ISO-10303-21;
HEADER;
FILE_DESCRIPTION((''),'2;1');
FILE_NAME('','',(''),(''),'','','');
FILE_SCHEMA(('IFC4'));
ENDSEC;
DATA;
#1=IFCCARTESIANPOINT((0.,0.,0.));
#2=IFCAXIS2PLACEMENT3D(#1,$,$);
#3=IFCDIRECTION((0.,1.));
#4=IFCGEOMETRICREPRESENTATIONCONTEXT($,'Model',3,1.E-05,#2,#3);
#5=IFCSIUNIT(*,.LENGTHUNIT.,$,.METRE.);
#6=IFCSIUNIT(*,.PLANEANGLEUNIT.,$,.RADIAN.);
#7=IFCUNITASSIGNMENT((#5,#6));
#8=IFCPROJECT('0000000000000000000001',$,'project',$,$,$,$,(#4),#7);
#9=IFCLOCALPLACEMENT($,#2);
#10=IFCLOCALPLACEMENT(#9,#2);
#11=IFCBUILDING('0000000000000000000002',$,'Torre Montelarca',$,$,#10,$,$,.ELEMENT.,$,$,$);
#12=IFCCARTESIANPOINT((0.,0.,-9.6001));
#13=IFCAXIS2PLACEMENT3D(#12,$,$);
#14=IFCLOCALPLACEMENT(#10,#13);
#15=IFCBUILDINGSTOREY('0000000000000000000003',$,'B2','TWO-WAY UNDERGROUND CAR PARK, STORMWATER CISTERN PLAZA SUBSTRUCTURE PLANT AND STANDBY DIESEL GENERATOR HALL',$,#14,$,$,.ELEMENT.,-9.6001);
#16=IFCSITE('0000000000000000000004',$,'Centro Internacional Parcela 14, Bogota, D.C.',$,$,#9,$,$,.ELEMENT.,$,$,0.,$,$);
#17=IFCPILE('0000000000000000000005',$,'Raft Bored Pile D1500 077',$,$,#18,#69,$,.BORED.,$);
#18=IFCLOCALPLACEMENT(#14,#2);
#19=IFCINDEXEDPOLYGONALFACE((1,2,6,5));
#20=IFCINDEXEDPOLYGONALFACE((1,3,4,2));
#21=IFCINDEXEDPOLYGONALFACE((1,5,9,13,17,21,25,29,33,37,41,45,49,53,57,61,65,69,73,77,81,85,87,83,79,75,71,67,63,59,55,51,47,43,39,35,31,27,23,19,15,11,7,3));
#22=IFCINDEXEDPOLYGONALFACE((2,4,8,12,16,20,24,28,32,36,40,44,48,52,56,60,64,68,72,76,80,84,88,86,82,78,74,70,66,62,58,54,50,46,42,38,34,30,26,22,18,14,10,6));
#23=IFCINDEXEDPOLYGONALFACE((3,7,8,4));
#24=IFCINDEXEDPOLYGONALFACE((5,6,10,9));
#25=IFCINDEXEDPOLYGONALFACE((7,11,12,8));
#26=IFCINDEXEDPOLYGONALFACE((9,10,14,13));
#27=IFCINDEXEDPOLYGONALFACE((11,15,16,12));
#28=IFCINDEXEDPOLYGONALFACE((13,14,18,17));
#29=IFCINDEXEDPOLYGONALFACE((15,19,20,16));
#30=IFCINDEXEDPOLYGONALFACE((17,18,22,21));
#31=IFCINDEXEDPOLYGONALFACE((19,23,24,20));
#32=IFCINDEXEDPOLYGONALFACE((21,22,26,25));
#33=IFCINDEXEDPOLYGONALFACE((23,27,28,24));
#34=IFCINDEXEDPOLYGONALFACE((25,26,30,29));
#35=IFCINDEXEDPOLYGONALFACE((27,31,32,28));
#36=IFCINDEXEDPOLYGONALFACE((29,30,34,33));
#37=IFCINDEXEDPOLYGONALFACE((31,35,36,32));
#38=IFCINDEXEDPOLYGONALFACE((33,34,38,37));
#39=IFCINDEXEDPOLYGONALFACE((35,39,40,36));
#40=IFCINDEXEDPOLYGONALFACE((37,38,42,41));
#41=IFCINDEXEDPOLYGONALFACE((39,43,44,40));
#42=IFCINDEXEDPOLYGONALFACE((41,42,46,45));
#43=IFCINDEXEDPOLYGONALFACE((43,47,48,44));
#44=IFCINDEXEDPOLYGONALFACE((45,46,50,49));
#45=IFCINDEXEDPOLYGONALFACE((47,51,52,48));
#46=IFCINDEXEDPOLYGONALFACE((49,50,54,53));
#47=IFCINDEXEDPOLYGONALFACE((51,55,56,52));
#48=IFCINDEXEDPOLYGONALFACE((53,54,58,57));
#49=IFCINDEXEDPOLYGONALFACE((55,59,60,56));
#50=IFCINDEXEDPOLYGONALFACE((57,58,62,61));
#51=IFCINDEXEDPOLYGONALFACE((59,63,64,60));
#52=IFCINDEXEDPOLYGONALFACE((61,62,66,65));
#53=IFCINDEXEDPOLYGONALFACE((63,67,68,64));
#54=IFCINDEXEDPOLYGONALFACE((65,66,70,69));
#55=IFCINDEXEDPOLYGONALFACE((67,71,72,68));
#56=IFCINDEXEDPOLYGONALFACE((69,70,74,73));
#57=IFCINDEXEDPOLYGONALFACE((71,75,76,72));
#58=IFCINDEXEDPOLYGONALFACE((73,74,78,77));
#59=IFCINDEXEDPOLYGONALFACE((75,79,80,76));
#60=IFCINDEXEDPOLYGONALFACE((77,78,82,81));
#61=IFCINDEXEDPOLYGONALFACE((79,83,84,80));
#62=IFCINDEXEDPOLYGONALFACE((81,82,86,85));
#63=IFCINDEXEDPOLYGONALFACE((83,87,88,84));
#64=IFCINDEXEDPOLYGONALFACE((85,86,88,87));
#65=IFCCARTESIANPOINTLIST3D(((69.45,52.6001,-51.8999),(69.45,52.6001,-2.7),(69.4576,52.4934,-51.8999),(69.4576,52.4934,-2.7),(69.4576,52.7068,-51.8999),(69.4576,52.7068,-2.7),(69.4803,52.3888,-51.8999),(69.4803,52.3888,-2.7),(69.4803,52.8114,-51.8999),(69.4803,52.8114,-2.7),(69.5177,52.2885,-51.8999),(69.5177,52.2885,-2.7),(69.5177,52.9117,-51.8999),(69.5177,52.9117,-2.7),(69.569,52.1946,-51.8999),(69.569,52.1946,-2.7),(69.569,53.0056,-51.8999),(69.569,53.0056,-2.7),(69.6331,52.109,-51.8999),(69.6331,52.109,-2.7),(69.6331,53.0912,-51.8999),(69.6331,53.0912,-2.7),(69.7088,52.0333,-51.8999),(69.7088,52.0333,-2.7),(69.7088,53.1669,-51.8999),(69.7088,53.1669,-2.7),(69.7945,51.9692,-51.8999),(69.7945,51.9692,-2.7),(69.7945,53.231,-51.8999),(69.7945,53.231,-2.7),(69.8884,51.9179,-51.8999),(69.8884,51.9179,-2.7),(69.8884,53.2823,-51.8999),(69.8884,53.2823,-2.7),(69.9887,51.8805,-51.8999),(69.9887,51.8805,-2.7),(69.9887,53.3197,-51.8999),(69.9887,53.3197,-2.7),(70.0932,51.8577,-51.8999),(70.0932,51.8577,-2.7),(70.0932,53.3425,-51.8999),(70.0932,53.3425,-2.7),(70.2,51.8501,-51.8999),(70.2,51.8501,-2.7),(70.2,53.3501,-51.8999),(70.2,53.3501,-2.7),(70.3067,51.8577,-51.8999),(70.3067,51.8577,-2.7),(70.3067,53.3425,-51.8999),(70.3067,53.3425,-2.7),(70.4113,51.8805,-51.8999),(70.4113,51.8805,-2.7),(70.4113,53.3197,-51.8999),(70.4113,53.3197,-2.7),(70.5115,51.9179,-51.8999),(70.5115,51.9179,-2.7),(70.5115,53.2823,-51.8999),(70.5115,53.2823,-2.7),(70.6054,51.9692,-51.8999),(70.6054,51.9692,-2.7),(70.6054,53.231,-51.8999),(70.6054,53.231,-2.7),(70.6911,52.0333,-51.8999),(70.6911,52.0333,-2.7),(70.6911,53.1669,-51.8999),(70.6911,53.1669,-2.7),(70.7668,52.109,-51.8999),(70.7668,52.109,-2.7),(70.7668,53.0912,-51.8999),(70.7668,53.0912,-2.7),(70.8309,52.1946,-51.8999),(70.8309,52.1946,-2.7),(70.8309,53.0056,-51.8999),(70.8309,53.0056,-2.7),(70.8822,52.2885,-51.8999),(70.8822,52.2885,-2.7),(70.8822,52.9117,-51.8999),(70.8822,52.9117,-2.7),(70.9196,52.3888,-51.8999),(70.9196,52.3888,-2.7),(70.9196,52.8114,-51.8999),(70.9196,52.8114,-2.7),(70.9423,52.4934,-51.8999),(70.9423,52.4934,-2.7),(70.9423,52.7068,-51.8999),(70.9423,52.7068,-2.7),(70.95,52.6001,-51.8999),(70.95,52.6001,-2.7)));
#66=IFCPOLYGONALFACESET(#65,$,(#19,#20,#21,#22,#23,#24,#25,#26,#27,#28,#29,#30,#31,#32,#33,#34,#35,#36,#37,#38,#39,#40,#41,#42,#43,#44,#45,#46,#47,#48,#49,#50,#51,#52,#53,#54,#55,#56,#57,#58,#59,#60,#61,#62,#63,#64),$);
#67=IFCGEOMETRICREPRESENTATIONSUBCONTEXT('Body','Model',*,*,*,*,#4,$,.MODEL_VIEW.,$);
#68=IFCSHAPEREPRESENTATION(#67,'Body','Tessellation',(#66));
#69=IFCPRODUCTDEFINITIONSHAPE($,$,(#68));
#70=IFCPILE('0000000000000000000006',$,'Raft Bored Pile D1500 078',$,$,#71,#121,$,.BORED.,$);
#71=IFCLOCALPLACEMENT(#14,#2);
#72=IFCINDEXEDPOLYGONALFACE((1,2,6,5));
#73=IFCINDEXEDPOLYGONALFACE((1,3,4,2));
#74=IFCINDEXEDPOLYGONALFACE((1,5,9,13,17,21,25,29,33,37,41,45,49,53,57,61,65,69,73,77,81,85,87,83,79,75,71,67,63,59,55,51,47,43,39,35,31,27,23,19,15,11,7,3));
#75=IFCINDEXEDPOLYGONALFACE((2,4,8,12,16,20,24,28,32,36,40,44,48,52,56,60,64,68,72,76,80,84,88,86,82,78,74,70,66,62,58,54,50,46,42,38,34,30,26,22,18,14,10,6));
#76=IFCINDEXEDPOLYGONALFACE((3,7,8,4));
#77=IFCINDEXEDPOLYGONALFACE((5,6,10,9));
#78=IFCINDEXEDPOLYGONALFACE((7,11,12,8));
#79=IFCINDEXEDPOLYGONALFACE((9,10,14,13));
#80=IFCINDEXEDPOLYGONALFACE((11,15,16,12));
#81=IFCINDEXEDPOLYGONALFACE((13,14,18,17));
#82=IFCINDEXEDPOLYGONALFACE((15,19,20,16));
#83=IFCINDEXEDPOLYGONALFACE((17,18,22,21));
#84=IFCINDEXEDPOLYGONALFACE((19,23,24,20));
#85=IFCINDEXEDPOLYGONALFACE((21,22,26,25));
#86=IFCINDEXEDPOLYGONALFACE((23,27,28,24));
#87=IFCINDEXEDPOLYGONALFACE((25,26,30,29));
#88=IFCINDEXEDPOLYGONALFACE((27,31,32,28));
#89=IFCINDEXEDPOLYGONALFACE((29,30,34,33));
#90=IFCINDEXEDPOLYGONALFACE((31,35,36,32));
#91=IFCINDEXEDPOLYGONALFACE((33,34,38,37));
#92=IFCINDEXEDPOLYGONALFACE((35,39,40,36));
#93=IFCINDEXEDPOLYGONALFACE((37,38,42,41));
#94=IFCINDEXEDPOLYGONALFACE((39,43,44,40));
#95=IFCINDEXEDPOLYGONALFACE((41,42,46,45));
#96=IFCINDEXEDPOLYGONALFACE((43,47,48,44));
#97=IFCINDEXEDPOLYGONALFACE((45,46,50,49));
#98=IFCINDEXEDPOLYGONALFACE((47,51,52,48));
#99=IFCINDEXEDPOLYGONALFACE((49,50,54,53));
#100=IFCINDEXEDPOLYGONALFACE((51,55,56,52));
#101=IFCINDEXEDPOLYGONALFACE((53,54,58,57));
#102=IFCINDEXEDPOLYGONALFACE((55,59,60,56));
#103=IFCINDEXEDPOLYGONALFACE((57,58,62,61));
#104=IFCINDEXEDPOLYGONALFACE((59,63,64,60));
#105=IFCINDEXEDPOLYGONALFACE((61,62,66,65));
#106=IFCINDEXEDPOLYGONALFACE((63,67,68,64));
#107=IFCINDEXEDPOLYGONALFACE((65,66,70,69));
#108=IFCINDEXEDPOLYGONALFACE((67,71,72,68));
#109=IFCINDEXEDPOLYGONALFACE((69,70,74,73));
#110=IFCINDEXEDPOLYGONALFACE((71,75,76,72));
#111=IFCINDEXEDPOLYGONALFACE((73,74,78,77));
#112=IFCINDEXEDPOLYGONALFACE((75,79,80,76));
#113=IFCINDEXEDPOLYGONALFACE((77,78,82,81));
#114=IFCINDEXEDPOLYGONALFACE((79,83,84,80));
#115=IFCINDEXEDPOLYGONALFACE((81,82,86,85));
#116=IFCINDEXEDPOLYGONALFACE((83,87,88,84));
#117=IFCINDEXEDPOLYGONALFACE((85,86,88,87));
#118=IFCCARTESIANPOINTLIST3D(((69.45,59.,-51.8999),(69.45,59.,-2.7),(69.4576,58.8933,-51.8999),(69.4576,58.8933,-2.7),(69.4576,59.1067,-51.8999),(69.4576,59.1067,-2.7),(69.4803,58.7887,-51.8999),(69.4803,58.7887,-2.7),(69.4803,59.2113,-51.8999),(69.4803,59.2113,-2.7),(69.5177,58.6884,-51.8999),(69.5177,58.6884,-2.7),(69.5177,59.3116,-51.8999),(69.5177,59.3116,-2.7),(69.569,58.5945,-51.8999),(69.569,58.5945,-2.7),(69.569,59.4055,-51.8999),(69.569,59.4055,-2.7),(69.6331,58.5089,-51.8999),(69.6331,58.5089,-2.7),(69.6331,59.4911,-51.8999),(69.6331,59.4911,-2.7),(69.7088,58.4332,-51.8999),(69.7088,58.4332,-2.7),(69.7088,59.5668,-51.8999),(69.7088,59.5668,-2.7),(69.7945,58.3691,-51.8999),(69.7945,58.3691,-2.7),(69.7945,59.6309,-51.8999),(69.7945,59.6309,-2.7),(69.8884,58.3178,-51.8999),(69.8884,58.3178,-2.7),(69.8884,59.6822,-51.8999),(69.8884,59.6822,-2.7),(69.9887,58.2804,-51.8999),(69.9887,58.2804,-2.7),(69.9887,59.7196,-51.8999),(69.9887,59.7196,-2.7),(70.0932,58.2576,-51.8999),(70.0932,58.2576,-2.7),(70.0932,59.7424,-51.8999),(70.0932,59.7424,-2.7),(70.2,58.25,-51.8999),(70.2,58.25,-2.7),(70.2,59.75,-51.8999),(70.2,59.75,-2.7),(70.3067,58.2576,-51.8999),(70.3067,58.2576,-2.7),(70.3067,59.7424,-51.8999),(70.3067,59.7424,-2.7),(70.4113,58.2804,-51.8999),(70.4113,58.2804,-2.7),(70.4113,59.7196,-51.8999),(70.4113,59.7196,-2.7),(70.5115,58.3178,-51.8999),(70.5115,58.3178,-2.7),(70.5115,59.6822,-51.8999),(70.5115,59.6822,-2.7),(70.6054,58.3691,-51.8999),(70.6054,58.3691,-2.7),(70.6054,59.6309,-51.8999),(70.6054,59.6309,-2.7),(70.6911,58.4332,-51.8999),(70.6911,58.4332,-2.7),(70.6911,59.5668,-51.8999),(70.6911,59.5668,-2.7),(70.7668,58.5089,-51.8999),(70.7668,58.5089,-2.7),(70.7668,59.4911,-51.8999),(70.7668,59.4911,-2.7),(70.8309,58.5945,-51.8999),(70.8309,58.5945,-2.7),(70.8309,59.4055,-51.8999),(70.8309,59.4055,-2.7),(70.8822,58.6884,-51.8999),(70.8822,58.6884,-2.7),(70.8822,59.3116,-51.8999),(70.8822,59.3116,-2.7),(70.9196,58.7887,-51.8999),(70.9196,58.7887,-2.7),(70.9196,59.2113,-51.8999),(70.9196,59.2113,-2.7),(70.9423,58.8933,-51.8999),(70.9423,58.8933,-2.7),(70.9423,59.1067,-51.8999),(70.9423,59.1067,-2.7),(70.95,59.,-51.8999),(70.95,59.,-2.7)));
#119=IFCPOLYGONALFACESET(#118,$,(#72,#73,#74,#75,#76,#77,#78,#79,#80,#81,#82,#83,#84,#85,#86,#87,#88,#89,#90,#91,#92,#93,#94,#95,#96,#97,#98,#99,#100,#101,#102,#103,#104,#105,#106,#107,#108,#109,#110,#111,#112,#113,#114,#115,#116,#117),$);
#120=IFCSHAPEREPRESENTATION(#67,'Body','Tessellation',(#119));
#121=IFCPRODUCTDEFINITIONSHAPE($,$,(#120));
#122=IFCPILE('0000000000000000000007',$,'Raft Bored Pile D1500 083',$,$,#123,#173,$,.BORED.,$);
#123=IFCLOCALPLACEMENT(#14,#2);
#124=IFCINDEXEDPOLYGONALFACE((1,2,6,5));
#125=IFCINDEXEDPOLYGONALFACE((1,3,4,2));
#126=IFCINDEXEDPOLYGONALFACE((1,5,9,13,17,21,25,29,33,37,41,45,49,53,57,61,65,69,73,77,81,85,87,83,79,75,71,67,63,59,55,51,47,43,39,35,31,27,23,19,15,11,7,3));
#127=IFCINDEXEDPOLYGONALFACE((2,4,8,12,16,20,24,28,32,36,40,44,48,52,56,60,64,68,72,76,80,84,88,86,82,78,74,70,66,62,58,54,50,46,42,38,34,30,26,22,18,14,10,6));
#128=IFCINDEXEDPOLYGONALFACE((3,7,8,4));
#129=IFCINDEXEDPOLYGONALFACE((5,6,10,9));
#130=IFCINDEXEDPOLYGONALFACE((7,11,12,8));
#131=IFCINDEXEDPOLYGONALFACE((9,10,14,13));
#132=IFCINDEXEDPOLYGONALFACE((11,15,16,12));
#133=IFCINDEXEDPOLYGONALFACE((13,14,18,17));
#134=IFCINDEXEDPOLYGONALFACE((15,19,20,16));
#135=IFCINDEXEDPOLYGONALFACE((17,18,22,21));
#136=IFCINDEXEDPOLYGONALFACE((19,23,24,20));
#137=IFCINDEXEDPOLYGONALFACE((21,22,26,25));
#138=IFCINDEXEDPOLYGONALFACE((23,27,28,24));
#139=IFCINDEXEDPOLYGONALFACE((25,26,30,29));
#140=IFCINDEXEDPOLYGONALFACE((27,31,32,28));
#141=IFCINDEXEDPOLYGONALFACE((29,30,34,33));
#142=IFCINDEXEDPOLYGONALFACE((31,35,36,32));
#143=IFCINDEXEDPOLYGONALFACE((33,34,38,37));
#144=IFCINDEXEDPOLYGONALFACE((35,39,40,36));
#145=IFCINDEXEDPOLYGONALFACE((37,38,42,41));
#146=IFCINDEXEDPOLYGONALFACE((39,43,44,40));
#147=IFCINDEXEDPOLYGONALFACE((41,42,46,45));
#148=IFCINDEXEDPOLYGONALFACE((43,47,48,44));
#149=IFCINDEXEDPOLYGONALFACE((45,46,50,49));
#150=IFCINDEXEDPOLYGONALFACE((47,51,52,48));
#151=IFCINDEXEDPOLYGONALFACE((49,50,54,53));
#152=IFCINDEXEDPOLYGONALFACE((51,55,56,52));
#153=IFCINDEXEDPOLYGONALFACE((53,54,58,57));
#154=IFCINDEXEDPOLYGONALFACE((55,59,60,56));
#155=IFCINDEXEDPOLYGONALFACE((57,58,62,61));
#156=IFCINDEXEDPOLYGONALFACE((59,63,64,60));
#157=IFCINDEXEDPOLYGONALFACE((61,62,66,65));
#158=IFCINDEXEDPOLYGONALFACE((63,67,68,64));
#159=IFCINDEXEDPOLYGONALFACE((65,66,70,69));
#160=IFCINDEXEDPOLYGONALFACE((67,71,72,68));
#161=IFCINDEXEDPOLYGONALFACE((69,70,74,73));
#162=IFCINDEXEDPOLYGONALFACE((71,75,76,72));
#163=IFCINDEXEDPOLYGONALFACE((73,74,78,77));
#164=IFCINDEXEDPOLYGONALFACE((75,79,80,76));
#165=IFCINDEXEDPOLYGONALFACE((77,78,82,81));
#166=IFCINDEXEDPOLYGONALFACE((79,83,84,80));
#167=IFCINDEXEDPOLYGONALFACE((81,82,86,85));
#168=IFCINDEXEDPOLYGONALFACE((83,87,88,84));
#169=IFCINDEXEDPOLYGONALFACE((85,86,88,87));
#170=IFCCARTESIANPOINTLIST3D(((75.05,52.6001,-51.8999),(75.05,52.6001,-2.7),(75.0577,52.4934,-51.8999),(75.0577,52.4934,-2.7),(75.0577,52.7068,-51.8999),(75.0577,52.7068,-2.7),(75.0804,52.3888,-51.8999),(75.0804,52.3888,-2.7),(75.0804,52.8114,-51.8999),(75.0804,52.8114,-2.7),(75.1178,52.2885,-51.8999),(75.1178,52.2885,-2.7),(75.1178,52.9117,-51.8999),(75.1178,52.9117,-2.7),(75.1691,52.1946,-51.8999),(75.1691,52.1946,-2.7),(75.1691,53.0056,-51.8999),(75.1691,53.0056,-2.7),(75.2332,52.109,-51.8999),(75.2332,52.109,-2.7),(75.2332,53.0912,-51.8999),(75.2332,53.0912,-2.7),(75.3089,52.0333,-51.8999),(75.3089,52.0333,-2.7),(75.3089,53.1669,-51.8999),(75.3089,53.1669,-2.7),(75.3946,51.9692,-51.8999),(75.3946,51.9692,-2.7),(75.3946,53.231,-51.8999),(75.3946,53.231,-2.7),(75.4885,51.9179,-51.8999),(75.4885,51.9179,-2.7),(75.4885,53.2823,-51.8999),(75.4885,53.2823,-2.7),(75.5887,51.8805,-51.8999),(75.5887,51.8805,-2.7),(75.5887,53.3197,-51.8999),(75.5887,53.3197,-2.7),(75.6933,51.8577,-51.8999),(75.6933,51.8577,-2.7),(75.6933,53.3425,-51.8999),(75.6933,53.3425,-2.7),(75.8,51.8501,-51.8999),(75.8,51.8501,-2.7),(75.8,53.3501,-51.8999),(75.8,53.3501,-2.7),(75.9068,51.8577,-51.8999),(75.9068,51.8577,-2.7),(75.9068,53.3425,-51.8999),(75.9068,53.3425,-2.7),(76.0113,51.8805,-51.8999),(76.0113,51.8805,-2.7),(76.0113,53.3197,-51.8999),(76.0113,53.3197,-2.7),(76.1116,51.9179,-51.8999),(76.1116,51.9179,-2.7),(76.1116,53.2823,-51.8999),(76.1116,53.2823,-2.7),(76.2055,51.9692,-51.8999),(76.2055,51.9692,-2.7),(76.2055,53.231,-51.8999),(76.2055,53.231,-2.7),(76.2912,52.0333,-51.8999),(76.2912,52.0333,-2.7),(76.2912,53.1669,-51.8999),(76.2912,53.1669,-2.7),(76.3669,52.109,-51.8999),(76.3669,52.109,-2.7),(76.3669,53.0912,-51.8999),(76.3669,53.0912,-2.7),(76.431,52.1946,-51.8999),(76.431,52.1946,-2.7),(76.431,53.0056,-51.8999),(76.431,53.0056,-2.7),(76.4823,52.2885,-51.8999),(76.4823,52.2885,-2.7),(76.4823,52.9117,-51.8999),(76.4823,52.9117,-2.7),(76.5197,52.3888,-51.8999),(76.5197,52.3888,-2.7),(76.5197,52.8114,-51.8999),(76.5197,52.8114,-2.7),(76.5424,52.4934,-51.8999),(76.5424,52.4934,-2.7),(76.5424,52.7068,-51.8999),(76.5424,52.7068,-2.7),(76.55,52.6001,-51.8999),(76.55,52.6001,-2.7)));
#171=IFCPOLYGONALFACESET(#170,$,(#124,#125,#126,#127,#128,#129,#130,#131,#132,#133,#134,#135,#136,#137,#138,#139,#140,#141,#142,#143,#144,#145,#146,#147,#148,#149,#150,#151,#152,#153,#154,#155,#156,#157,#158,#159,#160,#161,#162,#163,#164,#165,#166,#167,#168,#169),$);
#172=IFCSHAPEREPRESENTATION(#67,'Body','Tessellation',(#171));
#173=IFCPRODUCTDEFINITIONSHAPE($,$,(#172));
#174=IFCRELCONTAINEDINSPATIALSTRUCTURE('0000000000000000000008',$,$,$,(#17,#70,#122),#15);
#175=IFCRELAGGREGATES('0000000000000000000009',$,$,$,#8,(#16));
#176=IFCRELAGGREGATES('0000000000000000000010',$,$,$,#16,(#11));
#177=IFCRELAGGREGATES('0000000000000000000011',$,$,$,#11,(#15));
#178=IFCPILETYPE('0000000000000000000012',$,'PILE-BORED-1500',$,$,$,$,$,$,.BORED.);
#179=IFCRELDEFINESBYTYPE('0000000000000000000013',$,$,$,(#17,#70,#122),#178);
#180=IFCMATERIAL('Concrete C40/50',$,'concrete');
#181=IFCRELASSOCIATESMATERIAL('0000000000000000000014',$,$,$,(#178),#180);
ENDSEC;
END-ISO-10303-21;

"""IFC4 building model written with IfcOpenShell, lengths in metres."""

from ifc_helpers import new_model, si_unit, direction, frame, origin, origin_2d, place, context, subcontext, project, spatial, circle, extrude, source, transform, mapped, material, material_profile, profile_set, type_object, element, save


model = new_model("IFC4")

# Units and contexts
model_context = context("Model", 3, precision=1e-05, world=origin(), true_north=direction((0.0, 1.0)))
body_context = subcontext(model_context, "Body", "Model", "MODEL_VIEW")
ifc_project = project(units=[si_unit("LENGTHUNIT", "METRE"), si_unit("PLANEANGLEUNIT", "RADIAN")], contexts=[model_context])

# Site, building, storey
site_placement = place(None, origin())
site = spatial("IfcSite", under=ifc_project, at=site_placement, Name="Centro Internacional Parcela 14, Bogota, D.C.", CompositionType="ELEMENT", RefElevation=0.0)
building_placement = place(site_placement, origin())
building = spatial("IfcBuilding", under=site, at=building_placement, Name="Torre Montelarca", CompositionType="ELEMENT")
storey_placement = place(building_placement, frame((0.0, 0.0, -9.6001)))
storey = spatial("IfcBuildingStorey", under=building, at=storey_placement, Name="B2", Description="TWO-WAY UNDERGROUND CAR PARK, STORMWATER CISTERN PLAZA SUBSTRUCTURE PLANT AND STANDBY DIESEL GENERATOR HALL", CompositionType="ELEMENT", Elevation=-9.6001)

# Piles
ifc_material_1 = material(Name="Concrete C40/50", Category="concrete")
ifc_material_profile_1 = material_profile(ifc_material_1, circle(Radius=0.75, at=origin_2d()), Name="PILE-D1500", Category="concrete")
ifc_profile_set_1 = profile_set([ifc_material_profile_1], Name="Concrete C40/50")
pile_type = type_object("IfcPileType", Name="PILE-BORED-1500", PredefinedType="BORED", material=ifc_profile_set_1)
shared_shape_1 = source(origin(), body_context, "Body", "SweptSolid", [
    extrude(circle(Radius=0.75, at=origin_2d()), origin(), (0.0, 0.0, 1.0), 49.2),
])
for number, where, z_axis, x_axis, name in (
    (1, (70.2, 52.6001, -2.7), (0.0, 0.0, -1.0), (1.0, 0.0, 0.0), "Raft Bored Pile D1500 077"),
    (2, (70.2, 59.0, -2.7), (0.0, 0.0, -1.0), (1.0, 0.0, 0.0), "Raft Bored Pile D1500 078"),
    (3, (75.8, 52.6001, -2.7), (0.0, 0.0, -1.0), (1.0, 0.0, 0.0), "Raft Bored Pile D1500 083"),
):
    element("IfcPile", number, at=place(storey_placement, frame(where, z_axis=z_axis, x_axis=x_axis)), inside=storey, type_object=pile_type, Name=name, PredefinedType="BORED", context=body_context, shape_type="MappedRepresentation", body=[
        mapped(shared_shape_1, transform((0.0, 0.0, 0.0), scale=1.0)),
    ])

save(model, "model.ifc")
